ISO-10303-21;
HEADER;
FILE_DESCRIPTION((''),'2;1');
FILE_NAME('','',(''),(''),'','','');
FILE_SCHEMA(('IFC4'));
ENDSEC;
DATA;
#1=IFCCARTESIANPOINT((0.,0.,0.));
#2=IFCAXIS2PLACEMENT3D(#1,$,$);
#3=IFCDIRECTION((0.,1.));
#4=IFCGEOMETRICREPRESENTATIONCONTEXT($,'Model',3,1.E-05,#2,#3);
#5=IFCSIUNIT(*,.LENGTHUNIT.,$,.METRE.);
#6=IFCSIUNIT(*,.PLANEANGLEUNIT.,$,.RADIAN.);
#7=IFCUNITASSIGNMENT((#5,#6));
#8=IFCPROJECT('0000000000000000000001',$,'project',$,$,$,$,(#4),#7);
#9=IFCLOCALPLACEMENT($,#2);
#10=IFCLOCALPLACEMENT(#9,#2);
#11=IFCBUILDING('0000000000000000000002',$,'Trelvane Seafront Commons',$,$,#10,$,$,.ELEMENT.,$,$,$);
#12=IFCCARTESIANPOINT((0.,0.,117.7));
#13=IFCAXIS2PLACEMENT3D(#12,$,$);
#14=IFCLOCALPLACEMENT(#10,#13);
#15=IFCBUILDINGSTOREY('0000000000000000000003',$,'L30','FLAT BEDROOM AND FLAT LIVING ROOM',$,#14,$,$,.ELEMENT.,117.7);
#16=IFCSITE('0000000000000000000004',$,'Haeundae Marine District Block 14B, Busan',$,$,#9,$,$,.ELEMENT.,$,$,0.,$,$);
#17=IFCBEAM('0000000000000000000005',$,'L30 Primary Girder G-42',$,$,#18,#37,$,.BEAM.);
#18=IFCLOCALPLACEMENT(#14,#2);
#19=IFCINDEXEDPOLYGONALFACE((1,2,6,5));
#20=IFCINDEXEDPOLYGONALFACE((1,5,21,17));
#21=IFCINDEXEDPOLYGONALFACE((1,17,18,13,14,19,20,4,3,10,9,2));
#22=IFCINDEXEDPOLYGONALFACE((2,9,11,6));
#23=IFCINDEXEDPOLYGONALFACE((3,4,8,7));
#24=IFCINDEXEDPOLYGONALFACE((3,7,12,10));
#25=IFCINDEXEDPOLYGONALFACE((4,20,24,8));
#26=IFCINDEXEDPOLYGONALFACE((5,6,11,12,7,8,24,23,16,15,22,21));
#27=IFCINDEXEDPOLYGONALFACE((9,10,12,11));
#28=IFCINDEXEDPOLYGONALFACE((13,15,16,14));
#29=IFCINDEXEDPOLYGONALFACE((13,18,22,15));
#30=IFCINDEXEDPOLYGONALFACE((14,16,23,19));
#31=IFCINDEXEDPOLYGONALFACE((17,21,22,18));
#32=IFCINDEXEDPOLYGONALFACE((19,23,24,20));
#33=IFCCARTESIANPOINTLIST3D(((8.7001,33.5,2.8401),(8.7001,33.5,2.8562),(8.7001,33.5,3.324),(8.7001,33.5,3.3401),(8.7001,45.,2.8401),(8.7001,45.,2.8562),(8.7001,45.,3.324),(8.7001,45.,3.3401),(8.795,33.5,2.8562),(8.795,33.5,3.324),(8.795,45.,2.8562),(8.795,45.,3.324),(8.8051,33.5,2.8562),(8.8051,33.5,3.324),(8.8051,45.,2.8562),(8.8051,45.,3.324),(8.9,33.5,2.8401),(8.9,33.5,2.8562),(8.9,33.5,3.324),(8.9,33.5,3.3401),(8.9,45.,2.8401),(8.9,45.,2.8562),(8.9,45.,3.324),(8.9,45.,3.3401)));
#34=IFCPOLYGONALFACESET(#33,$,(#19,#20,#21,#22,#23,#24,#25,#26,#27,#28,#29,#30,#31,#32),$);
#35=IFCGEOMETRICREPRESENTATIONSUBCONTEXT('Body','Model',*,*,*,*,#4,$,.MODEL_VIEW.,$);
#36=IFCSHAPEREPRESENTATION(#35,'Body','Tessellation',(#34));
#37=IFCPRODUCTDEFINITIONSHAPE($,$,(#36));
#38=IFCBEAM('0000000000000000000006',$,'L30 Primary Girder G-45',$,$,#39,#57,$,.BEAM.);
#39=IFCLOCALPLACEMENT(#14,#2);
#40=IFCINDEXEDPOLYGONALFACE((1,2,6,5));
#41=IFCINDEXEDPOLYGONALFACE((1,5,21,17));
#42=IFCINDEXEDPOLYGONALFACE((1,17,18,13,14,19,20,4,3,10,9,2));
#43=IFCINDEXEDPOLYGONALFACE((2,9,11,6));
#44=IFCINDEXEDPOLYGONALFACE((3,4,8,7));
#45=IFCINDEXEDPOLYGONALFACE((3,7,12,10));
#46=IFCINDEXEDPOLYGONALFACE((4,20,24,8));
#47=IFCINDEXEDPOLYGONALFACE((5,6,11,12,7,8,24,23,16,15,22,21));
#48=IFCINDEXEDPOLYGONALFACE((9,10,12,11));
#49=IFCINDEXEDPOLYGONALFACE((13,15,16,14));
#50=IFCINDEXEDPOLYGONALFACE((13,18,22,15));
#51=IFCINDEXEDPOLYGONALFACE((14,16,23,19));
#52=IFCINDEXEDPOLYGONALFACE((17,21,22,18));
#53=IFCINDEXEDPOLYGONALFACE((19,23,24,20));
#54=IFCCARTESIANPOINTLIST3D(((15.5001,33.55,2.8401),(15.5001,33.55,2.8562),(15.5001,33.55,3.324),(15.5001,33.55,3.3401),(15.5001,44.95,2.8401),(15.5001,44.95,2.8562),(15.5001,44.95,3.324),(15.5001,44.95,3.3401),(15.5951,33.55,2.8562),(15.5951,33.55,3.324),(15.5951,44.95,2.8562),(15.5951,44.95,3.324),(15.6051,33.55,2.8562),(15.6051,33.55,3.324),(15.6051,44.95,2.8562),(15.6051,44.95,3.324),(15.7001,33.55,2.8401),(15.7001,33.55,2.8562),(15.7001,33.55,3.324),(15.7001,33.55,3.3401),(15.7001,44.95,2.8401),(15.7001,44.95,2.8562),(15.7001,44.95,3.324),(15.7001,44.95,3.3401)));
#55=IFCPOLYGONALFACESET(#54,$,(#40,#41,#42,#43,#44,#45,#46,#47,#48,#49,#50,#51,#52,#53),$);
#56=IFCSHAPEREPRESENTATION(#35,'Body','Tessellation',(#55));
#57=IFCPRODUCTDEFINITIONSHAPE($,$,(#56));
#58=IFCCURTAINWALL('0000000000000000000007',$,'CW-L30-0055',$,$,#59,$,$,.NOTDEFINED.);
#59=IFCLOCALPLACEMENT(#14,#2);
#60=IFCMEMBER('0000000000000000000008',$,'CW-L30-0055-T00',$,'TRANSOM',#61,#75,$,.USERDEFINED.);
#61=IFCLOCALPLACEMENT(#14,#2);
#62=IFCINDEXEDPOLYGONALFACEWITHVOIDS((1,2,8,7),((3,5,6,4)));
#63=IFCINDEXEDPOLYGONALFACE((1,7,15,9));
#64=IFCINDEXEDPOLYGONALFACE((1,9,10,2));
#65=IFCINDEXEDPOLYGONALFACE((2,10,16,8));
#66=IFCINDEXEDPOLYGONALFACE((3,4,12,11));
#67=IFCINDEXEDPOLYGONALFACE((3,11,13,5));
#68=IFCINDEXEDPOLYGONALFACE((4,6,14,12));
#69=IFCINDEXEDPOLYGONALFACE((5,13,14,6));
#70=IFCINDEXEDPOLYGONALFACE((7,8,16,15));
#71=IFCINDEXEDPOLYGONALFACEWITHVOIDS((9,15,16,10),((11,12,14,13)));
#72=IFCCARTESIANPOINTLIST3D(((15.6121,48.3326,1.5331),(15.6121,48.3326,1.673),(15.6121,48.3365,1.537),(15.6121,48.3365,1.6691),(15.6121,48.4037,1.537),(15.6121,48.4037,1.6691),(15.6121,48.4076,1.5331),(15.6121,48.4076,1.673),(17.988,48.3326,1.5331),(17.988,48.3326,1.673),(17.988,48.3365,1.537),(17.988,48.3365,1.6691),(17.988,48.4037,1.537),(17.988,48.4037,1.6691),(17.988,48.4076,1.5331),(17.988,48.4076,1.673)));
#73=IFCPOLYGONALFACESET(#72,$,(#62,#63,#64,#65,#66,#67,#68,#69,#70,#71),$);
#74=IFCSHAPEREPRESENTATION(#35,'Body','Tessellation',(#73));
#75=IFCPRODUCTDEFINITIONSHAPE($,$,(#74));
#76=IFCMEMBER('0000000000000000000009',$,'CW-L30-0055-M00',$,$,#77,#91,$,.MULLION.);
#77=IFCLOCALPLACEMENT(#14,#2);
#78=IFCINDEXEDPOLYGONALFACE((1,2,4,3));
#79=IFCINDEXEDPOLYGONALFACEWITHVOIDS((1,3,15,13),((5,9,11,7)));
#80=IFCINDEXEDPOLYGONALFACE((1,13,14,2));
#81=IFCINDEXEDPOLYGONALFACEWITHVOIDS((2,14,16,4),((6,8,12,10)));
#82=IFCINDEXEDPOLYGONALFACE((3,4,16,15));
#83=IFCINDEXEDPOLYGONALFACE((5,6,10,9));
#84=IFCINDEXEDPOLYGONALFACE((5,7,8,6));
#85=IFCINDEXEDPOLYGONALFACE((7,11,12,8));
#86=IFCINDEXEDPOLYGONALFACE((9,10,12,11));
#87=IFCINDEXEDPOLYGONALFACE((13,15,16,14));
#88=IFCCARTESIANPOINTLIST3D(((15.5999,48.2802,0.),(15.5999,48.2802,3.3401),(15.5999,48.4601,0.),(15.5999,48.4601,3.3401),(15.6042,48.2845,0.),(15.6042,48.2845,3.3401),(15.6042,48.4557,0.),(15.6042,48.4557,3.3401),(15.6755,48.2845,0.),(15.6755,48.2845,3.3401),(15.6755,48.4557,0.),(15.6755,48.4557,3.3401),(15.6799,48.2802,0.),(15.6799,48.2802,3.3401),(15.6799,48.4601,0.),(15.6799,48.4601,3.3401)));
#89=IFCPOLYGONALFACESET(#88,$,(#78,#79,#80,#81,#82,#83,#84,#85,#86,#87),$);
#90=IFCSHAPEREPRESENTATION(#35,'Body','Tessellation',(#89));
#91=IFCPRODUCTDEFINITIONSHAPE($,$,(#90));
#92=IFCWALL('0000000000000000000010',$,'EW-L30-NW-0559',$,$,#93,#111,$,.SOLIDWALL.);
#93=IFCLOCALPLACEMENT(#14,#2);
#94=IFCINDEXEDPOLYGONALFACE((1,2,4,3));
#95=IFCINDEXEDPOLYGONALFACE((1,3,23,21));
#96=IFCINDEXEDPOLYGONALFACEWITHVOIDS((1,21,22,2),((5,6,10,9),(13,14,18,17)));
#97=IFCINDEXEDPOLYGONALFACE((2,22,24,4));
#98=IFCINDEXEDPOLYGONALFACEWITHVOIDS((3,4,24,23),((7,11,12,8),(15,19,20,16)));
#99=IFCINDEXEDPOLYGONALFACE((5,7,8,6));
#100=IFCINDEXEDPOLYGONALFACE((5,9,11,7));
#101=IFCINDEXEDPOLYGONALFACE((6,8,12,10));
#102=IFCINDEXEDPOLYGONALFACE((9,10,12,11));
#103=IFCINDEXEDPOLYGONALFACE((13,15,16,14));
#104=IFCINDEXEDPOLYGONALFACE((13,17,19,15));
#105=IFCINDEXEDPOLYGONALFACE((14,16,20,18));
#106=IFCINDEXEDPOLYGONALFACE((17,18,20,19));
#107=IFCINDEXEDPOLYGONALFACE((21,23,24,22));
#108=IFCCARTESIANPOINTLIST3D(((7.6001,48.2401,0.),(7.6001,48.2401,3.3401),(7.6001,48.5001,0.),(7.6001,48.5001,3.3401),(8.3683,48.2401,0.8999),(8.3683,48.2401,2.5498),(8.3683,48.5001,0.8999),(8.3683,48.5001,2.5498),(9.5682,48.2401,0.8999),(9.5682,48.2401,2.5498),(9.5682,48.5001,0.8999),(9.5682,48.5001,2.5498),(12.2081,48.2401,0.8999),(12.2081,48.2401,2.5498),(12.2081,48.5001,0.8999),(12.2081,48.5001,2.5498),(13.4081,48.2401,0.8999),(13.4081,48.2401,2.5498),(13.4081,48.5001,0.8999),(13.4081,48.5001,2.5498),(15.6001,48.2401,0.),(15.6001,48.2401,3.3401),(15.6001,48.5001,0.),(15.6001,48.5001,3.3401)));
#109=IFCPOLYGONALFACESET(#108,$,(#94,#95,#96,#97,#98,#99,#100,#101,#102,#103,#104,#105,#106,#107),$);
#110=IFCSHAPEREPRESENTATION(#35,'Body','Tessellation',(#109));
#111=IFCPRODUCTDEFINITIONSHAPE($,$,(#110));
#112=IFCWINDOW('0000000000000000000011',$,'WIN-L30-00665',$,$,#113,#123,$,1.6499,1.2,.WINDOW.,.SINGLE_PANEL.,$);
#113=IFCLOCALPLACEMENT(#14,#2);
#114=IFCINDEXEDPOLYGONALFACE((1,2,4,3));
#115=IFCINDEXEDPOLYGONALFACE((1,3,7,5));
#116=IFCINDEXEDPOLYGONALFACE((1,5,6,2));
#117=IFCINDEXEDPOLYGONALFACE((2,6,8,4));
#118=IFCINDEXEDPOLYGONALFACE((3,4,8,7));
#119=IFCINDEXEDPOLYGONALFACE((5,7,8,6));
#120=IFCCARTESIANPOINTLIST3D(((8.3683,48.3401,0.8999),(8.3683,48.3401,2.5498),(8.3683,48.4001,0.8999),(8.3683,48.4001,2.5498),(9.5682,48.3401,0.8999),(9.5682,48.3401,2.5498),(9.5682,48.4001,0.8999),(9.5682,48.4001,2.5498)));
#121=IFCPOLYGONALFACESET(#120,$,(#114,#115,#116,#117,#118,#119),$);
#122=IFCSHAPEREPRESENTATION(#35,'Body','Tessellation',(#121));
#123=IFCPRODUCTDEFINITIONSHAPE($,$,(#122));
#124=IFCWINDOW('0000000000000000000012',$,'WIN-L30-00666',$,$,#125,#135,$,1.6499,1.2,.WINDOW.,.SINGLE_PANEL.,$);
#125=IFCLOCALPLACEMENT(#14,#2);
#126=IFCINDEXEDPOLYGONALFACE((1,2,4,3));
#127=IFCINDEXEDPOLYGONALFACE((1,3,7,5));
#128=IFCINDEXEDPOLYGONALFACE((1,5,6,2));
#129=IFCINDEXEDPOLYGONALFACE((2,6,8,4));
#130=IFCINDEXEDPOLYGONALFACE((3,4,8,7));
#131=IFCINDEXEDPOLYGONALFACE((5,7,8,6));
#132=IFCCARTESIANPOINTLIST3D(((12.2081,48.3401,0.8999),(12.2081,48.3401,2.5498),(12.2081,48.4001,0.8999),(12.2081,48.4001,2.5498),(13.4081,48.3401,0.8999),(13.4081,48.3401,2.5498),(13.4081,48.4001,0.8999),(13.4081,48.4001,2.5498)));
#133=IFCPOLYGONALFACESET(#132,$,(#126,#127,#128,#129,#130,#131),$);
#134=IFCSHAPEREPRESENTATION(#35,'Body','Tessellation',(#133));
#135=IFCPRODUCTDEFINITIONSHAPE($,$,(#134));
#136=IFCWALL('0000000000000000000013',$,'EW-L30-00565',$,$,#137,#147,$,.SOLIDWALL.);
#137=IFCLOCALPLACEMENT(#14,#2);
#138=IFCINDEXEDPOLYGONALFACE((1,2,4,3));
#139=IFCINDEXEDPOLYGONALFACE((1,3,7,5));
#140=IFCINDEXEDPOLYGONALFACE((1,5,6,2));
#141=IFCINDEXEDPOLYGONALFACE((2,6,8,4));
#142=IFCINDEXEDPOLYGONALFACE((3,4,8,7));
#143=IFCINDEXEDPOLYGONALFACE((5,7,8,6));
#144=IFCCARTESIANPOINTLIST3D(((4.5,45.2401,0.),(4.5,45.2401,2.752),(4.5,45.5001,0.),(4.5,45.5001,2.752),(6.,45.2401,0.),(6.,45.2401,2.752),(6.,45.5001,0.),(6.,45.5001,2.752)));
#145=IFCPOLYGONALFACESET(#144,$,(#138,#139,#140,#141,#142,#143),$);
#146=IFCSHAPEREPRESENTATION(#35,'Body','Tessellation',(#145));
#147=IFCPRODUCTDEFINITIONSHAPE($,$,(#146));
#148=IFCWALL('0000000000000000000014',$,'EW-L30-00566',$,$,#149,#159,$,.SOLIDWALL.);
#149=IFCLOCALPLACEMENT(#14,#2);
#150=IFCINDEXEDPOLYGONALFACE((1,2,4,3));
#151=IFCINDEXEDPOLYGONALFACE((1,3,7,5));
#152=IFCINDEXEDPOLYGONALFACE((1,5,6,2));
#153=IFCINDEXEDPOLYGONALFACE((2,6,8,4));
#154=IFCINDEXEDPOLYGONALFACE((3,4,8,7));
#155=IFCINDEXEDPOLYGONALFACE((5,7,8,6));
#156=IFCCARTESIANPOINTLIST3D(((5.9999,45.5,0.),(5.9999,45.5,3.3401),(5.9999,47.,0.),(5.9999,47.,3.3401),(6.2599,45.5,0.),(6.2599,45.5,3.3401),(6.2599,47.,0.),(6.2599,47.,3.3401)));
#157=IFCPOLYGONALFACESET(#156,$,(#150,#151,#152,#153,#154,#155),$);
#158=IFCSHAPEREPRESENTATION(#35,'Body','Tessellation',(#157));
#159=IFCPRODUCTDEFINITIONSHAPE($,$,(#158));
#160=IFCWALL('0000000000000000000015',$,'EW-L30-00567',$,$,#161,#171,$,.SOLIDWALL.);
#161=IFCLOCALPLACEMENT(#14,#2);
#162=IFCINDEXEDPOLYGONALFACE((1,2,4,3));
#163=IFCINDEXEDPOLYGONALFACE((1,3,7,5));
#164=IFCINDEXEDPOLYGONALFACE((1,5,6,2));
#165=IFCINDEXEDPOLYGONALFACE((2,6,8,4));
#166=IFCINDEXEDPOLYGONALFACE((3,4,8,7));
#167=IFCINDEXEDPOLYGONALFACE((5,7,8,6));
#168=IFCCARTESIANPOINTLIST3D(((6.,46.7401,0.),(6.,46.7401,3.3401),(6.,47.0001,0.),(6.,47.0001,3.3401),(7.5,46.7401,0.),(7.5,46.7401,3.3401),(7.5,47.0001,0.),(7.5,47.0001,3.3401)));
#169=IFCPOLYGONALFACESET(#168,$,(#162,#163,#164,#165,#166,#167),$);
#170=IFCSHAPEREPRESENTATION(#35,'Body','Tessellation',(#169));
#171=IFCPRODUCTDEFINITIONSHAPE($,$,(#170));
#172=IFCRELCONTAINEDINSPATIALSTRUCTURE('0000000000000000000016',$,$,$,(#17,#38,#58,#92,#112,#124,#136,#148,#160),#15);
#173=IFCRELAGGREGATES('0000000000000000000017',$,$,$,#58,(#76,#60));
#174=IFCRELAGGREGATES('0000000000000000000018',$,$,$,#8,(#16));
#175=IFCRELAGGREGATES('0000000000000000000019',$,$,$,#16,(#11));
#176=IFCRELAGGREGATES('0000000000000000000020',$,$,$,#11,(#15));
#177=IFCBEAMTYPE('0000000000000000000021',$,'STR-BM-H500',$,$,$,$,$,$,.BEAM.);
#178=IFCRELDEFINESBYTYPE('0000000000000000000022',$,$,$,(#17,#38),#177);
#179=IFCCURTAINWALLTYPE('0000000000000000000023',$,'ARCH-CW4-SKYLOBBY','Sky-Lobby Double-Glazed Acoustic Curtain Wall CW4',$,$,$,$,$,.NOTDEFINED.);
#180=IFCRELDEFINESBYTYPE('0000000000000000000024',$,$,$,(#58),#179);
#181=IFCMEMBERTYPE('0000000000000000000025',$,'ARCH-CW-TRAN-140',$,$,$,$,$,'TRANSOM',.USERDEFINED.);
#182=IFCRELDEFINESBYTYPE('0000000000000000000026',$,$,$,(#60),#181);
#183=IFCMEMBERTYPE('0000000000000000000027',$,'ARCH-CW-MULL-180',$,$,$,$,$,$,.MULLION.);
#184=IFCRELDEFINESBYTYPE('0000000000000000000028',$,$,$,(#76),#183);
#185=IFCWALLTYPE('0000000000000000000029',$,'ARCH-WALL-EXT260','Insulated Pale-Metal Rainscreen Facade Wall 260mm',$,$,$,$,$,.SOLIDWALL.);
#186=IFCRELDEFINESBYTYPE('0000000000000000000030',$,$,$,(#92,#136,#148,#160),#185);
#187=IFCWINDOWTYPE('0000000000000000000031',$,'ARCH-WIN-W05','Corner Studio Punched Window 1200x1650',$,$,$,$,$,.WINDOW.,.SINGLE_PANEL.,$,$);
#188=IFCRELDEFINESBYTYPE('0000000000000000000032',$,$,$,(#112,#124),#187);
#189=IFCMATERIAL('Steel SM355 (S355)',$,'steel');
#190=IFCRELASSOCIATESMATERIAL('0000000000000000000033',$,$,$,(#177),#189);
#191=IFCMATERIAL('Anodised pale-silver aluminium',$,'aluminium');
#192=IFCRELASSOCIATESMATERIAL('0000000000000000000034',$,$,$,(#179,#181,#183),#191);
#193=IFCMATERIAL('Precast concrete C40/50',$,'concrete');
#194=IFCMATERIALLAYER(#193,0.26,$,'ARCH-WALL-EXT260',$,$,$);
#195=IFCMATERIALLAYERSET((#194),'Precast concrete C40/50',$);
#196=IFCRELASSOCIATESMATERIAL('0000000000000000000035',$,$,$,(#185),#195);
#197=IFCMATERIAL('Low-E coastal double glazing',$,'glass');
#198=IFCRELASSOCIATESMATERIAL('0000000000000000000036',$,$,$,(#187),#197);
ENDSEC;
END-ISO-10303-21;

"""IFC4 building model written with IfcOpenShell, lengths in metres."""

from ifc_helpers import new_model, si_unit, direction, frame, frame_2d, origin, origin_2d, place, context, subcontext, project, spatial, rectangle, hollow_rectangle, i_section, extrude, source, transform, mapped, material, layer, layer_set, material_profile, profile_set, type_object, element, fill, aggregate, save


model = new_model("IFC4")

# Units and contexts
model_context = context("Model", 3, precision=1e-05, world=origin(), true_north=direction((0.0, 1.0)))
body_context = subcontext(model_context, "Body", "Model", "MODEL_VIEW")
ifc_project = project(units=[si_unit("LENGTHUNIT", "METRE"), si_unit("PLANEANGLEUNIT", "RADIAN")], contexts=[model_context])

# Site, building, storey
site_placement = place(None, origin())
site = spatial("IfcSite", under=ifc_project, at=site_placement, Name="Haeundae Marine District Block 14B, Busan", CompositionType="ELEMENT", RefElevation=0.0)
building_placement = place(site_placement, origin())
building = spatial("IfcBuilding", under=site, at=building_placement, Name="Trelvane Seafront Commons", CompositionType="ELEMENT")
storey_placement = place(building_placement, frame((0.0, 0.0, 117.7)))
storey = spatial("IfcBuildingStorey", under=building, at=storey_placement, Name="L30", Description="FLAT BEDROOM AND FLAT LIVING ROOM", CompositionType="ELEMENT", Elevation=117.7)

# Shared definitions
ifc_material_1 = material(Name="Steel SM355 (S355)", Category="steel")

# Beams
ifc_material_profile_1 = material_profile(ifc_material_1, i_section(OverallWidth=0.2, OverallDepth=0.5, WebThickness=0.01, FlangeThickness=0.0161, at=origin_2d()), Name="H-500x200x10x16")
ifc_profile_set_1 = profile_set([ifc_material_profile_1], Name="Steel SM355 (S355)")
beam_type_1 = type_object("IfcBeamType", Name="STR-BM-H500", PredefinedType="BEAM", material=ifc_profile_set_1)
shared_shape_1 = source(origin(), body_context, "Body", "SweptSolid", [
    extrude(i_section(OverallWidth=0.2, OverallDepth=0.5, WebThickness=0.01, FlangeThickness=0.0161, at=origin_2d()), origin(), (0.0, 0.0, 1.0), 11.5),
])
for number, where, z_axis, x_axis, name in (
    (1, (8.8, 33.5, 3.0901), (0.0, 1.0, 0.0), (-1.0, 0.0, 0.0), "L30 Primary Girder G-42"),
):
    element("IfcBeam", number, at=place(storey_placement, frame(where, z_axis=z_axis, x_axis=x_axis)), inside=storey, type_object=beam_type_1, Name=name, PredefinedType="BEAM", context=body_context, shape_type="MappedRepresentation", body=[
        mapped(shared_shape_1, transform((0.0, 0.0, 0.0), x_axis=(1.0, 0.0, 0.0), y_axis=(0.0, 1.0, 0.0), z_axis=(0.0, 0.0, 1.0), scale=1.0)),
    ])
shared_shape_2 = source(origin(), body_context, "Body", "SweptSolid", [
    extrude(i_section(OverallWidth=0.2, OverallDepth=0.5, WebThickness=0.01, FlangeThickness=0.0161, at=origin_2d()), origin(), (0.0, 0.0, 1.0), 11.3999),
])
beam_1_placement = place(storey_placement, frame((15.6001, 33.55, 3.0901), z_axis=(0.0, 1.0, 0.0), x_axis=(-1.0, 0.0, 0.0)))
element("IfcBeam", 2, at=beam_1_placement, inside=storey, type_object=beam_type_1, Name="L30 Primary Girder G-45", PredefinedType="BEAM", context=body_context, shape_type="MappedRepresentation", body=[
    mapped(shared_shape_2, transform((0.0, 0.0, 0.0), x_axis=(1.0, 0.0, 0.0), y_axis=(0.0, 1.0, 0.0), z_axis=(0.0, 0.0, 1.0), scale=1.0)),
])

# Curtain wall, members
ifc_material_2 = material(Name="Anodised pale-silver aluminium", Category="aluminium")
curtain_wall_type = type_object("IfcCurtainWallType", Name="ARCH-CW4-SKYLOBBY", Description="Sky-Lobby Double-Glazed Acoustic Curtain Wall CW4", PredefinedType="NOTDEFINED", material=ifc_material_2)
curtain_wall_placement = place(storey_placement, origin())
curtain_wall = element("IfcCurtainWall", 3, at=curtain_wall_placement, inside=storey, type_object=curtain_wall_type, Name="CW-L30-0055", PredefinedType="NOTDEFINED")
ifc_material_profile_2 = material_profile(ifc_material_2, hollow_rectangle(XDim=0.075, YDim=0.1399, WallThickness=0.0039, at=origin_2d()), Name="TRAN-75x140x4")
ifc_profile_set_2 = profile_set([ifc_material_profile_2], Name="Anodised pale-silver aluminium")
member_type_1 = type_object("IfcMemberType", Name="ARCH-CW-TRAN-140", ElementType="TRANSOM", PredefinedType="USERDEFINED", material=ifc_profile_set_2)
shared_shape_3 = source(origin(), body_context, "Body", "SweptSolid", [
    extrude(hollow_rectangle(XDim=0.075, YDim=0.1399, WallThickness=0.0039, at=origin_2d()), origin(), (0.0, 0.0, 1.0), 2.376),
])
member_1_placement = place(storey_placement, frame((15.6121, 48.3701, 1.603), z_axis=(1.0, 0.0, 0.0), x_axis=(0.0, 1.0, 0.0)))
member_1 = element("IfcMember", 4, at=member_1_placement, type_object=member_type_1, Name="CW-L30-0055-T00", ObjectType="TRANSOM", PredefinedType="USERDEFINED", context=body_context, shape_type="MappedRepresentation", body=[
    mapped(shared_shape_3, transform((0.0, 0.0, 0.0), x_axis=(1.0, 0.0, 0.0), y_axis=(0.0, 1.0, 0.0), z_axis=(0.0, 0.0, 1.0), scale=1.0)),
])
ifc_material_profile_3 = material_profile(ifc_material_2, hollow_rectangle(XDim=0.0801, YDim=0.1799, WallThickness=0.0044, at=origin_2d()), Name="MULL-80x180x4.5")
ifc_profile_set_3 = profile_set([ifc_material_profile_3], Name="Anodised pale-silver aluminium")
member_type_2 = type_object("IfcMemberType", Name="ARCH-CW-MULL-180", PredefinedType="MULLION", material=ifc_profile_set_3)
shared_shape_4 = source(origin(), body_context, "Body", "SweptSolid", [
    extrude(hollow_rectangle(XDim=0.0801, YDim=0.1799, WallThickness=0.0044, at=origin_2d()), origin(), (0.0, 0.0, 1.0), 3.3401),
])
member_2_placement = place(storey_placement, frame((15.6399, 48.3701, 0.0), z_axis=(0.0, 0.0, 1.0), x_axis=(1.0, 0.0, 0.0)))
member_2 = element("IfcMember", 5, at=member_2_placement, type_object=member_type_2, Name="CW-L30-0055-M00", PredefinedType="MULLION", context=body_context, shape_type="MappedRepresentation", body=[
    mapped(shared_shape_4, transform((0.0, 0.0, 0.0), x_axis=(1.0, 0.0, 0.0), y_axis=(0.0, 1.0, 0.0), z_axis=(0.0, 0.0, 1.0), scale=1.0)),
])
aggregate(curtain_wall, [member_2, member_1])

# Wall, openings, windows
ifc_material_3 = material(Name="Precast concrete C40/50", Category="concrete")
ifc_layer_1 = layer(ifc_material_3, 0.26, Name="ARCH-WALL-EXT260")
ifc_layer_set_1 = layer_set([ifc_layer_1], Name="Precast concrete C40/50")
wall_type_1 = type_object("IfcWallType", Name="ARCH-WALL-EXT260", Description="Insulated Pale-Metal Rainscreen Facade Wall 260mm", PredefinedType="SOLIDWALL", material=ifc_layer_set_1)
wall_1_placement = place(storey_placement, frame((7.6001, 48.3701, 0.0), z_axis=(0.0, 0.0, 1.0), x_axis=(1.0, 0.0, 0.0)))
wall_1 = element("IfcWall", 6, at=wall_1_placement, inside=storey, type_object=wall_type_1, Name="EW-L30-NW-0559", PredefinedType="SOLIDWALL", context=body_context, shape_type="SweptSolid", body=[
    extrude(rectangle(XDim=8.0, YDim=0.26, at=frame_2d((4.0, 0.0))), origin(), (0.0, 0.0, 1.0), 3.3401),
])
opening_1_placement = place(wall_1_placement, frame((0.7681, 0.0, 0.8999)))
opening_1 = element("IfcOpeningElement", 7, at=opening_1_placement, cuts=wall_1, PredefinedType="OPENING", context=body_context, shape_type="SweptSolid", body=[
    extrude(rectangle(XDim=1.2, YDim=1.6499, at=frame_2d((0.6001, 0.825))), frame((0.0, 0.1399, 0.0), z_axis=(0.0, -1.0, 0.0), x_axis=(1.0, 0.0, 0.0)), (0.0, 0.0, 1.0), 0.28),
])
opening_2_placement = place(wall_1_placement, frame((4.6079, 0.0, 0.8999)))
opening_2 = element("IfcOpeningElement", 8, at=opening_2_placement, cuts=wall_1, PredefinedType="OPENING", context=body_context, shape_type="SweptSolid", body=[
    extrude(rectangle(XDim=1.2, YDim=1.6499, at=frame_2d((0.6001, 0.825))), frame((0.0, 0.1399, 0.0), z_axis=(0.0, -1.0, 0.0), x_axis=(1.0, 0.0, 0.0)), (0.0, 0.0, 1.0), 0.28),
])
ifc_material_4 = material(Name="Low-E coastal double glazing", Category="glass")
window_type = type_object("IfcWindowType", Name="ARCH-WIN-W05", Description="Corner Studio Punched Window 1200x1650", PartitioningType="SINGLE_PANEL", PredefinedType="WINDOW", material=ifc_material_4)
shared_shape_5 = source(origin(), body_context, "Body", "SweptSolid", [
    extrude(rectangle(XDim=1.2, YDim=1.6499, at=frame_2d((0.6001, 0.825))), frame((0.0, 0.03, 0.0), z_axis=(0.0, -1.0, 0.0), x_axis=(1.0, 0.0, 0.0)), (0.0, 0.0, 1.0), 0.0601),
])
window_1_placement = place(opening_1_placement, origin())
window_1 = element("IfcWindow", 9, at=window_1_placement, inside=storey, type_object=window_type, Name="WIN-L30-00665", OverallHeight=1.6499, OverallWidth=1.2, PartitioningType="SINGLE_PANEL", PredefinedType="WINDOW", context=body_context, shape_type="MappedRepresentation", body=[
    mapped(shared_shape_5, transform((0.0, 0.0, 0.0), x_axis=(1.0, 0.0, 0.0), y_axis=(0.0, 1.0, 0.0), z_axis=(0.0, 0.0, 1.0), scale=1.0)),
])
fill(opening_1, window_1)
window_2_placement = place(opening_2_placement, origin())
window_2 = element("IfcWindow", 10, at=window_2_placement, inside=storey, type_object=window_type, Name="WIN-L30-00666", OverallHeight=1.6499, OverallWidth=1.2, PartitioningType="SINGLE_PANEL", PredefinedType="WINDOW", context=body_context, shape_type="MappedRepresentation", body=[
    mapped(shared_shape_5, transform((0.0, 0.0, 0.0), x_axis=(1.0, 0.0, 0.0), y_axis=(0.0, 1.0, 0.0), z_axis=(0.0, 0.0, 1.0), scale=1.0)),
])
fill(opening_2, window_2)

# Walls
wall_2_placement = place(storey_placement, frame((4.5, 45.3701, 0.0), z_axis=(0.0, 0.0, 1.0), x_axis=(1.0, 0.0, 0.0)))
element("IfcWall", 11, at=wall_2_placement, inside=storey, type_object=wall_type_1, Name="EW-L30-00565", PredefinedType="SOLIDWALL", context=body_context, shape_type="SweptSolid", body=[
    extrude(rectangle(XDim=1.5, YDim=0.26, at=frame_2d((0.75, 0.0))), origin(), (0.0, 0.0, 1.0), 2.752),
])
for number, where, z_axis, x_axis, name in (
    (12, (6.1299, 45.5, 0.0), (0.0, 0.0, 1.0), (0.0, 1.0, 0.0), "EW-L30-00566"),
    (13, (6.0, 46.8701, 0.0), (0.0, 0.0, 1.0), (1.0, 0.0, 0.0), "EW-L30-00567"),
):
    element("IfcWall", number, at=place(storey_placement, frame(where, z_axis=z_axis, x_axis=x_axis)), inside=storey, type_object=wall_type_1, Name=name, PredefinedType="SOLIDWALL", context=body_context, shape_type="SweptSolid", body=[
        extrude(rectangle(XDim=1.5, YDim=0.26, at=frame_2d((0.75, 0.0))), origin(), (0.0, 0.0, 1.0), 3.3401),
    ])

save(model, "model.ifc")
